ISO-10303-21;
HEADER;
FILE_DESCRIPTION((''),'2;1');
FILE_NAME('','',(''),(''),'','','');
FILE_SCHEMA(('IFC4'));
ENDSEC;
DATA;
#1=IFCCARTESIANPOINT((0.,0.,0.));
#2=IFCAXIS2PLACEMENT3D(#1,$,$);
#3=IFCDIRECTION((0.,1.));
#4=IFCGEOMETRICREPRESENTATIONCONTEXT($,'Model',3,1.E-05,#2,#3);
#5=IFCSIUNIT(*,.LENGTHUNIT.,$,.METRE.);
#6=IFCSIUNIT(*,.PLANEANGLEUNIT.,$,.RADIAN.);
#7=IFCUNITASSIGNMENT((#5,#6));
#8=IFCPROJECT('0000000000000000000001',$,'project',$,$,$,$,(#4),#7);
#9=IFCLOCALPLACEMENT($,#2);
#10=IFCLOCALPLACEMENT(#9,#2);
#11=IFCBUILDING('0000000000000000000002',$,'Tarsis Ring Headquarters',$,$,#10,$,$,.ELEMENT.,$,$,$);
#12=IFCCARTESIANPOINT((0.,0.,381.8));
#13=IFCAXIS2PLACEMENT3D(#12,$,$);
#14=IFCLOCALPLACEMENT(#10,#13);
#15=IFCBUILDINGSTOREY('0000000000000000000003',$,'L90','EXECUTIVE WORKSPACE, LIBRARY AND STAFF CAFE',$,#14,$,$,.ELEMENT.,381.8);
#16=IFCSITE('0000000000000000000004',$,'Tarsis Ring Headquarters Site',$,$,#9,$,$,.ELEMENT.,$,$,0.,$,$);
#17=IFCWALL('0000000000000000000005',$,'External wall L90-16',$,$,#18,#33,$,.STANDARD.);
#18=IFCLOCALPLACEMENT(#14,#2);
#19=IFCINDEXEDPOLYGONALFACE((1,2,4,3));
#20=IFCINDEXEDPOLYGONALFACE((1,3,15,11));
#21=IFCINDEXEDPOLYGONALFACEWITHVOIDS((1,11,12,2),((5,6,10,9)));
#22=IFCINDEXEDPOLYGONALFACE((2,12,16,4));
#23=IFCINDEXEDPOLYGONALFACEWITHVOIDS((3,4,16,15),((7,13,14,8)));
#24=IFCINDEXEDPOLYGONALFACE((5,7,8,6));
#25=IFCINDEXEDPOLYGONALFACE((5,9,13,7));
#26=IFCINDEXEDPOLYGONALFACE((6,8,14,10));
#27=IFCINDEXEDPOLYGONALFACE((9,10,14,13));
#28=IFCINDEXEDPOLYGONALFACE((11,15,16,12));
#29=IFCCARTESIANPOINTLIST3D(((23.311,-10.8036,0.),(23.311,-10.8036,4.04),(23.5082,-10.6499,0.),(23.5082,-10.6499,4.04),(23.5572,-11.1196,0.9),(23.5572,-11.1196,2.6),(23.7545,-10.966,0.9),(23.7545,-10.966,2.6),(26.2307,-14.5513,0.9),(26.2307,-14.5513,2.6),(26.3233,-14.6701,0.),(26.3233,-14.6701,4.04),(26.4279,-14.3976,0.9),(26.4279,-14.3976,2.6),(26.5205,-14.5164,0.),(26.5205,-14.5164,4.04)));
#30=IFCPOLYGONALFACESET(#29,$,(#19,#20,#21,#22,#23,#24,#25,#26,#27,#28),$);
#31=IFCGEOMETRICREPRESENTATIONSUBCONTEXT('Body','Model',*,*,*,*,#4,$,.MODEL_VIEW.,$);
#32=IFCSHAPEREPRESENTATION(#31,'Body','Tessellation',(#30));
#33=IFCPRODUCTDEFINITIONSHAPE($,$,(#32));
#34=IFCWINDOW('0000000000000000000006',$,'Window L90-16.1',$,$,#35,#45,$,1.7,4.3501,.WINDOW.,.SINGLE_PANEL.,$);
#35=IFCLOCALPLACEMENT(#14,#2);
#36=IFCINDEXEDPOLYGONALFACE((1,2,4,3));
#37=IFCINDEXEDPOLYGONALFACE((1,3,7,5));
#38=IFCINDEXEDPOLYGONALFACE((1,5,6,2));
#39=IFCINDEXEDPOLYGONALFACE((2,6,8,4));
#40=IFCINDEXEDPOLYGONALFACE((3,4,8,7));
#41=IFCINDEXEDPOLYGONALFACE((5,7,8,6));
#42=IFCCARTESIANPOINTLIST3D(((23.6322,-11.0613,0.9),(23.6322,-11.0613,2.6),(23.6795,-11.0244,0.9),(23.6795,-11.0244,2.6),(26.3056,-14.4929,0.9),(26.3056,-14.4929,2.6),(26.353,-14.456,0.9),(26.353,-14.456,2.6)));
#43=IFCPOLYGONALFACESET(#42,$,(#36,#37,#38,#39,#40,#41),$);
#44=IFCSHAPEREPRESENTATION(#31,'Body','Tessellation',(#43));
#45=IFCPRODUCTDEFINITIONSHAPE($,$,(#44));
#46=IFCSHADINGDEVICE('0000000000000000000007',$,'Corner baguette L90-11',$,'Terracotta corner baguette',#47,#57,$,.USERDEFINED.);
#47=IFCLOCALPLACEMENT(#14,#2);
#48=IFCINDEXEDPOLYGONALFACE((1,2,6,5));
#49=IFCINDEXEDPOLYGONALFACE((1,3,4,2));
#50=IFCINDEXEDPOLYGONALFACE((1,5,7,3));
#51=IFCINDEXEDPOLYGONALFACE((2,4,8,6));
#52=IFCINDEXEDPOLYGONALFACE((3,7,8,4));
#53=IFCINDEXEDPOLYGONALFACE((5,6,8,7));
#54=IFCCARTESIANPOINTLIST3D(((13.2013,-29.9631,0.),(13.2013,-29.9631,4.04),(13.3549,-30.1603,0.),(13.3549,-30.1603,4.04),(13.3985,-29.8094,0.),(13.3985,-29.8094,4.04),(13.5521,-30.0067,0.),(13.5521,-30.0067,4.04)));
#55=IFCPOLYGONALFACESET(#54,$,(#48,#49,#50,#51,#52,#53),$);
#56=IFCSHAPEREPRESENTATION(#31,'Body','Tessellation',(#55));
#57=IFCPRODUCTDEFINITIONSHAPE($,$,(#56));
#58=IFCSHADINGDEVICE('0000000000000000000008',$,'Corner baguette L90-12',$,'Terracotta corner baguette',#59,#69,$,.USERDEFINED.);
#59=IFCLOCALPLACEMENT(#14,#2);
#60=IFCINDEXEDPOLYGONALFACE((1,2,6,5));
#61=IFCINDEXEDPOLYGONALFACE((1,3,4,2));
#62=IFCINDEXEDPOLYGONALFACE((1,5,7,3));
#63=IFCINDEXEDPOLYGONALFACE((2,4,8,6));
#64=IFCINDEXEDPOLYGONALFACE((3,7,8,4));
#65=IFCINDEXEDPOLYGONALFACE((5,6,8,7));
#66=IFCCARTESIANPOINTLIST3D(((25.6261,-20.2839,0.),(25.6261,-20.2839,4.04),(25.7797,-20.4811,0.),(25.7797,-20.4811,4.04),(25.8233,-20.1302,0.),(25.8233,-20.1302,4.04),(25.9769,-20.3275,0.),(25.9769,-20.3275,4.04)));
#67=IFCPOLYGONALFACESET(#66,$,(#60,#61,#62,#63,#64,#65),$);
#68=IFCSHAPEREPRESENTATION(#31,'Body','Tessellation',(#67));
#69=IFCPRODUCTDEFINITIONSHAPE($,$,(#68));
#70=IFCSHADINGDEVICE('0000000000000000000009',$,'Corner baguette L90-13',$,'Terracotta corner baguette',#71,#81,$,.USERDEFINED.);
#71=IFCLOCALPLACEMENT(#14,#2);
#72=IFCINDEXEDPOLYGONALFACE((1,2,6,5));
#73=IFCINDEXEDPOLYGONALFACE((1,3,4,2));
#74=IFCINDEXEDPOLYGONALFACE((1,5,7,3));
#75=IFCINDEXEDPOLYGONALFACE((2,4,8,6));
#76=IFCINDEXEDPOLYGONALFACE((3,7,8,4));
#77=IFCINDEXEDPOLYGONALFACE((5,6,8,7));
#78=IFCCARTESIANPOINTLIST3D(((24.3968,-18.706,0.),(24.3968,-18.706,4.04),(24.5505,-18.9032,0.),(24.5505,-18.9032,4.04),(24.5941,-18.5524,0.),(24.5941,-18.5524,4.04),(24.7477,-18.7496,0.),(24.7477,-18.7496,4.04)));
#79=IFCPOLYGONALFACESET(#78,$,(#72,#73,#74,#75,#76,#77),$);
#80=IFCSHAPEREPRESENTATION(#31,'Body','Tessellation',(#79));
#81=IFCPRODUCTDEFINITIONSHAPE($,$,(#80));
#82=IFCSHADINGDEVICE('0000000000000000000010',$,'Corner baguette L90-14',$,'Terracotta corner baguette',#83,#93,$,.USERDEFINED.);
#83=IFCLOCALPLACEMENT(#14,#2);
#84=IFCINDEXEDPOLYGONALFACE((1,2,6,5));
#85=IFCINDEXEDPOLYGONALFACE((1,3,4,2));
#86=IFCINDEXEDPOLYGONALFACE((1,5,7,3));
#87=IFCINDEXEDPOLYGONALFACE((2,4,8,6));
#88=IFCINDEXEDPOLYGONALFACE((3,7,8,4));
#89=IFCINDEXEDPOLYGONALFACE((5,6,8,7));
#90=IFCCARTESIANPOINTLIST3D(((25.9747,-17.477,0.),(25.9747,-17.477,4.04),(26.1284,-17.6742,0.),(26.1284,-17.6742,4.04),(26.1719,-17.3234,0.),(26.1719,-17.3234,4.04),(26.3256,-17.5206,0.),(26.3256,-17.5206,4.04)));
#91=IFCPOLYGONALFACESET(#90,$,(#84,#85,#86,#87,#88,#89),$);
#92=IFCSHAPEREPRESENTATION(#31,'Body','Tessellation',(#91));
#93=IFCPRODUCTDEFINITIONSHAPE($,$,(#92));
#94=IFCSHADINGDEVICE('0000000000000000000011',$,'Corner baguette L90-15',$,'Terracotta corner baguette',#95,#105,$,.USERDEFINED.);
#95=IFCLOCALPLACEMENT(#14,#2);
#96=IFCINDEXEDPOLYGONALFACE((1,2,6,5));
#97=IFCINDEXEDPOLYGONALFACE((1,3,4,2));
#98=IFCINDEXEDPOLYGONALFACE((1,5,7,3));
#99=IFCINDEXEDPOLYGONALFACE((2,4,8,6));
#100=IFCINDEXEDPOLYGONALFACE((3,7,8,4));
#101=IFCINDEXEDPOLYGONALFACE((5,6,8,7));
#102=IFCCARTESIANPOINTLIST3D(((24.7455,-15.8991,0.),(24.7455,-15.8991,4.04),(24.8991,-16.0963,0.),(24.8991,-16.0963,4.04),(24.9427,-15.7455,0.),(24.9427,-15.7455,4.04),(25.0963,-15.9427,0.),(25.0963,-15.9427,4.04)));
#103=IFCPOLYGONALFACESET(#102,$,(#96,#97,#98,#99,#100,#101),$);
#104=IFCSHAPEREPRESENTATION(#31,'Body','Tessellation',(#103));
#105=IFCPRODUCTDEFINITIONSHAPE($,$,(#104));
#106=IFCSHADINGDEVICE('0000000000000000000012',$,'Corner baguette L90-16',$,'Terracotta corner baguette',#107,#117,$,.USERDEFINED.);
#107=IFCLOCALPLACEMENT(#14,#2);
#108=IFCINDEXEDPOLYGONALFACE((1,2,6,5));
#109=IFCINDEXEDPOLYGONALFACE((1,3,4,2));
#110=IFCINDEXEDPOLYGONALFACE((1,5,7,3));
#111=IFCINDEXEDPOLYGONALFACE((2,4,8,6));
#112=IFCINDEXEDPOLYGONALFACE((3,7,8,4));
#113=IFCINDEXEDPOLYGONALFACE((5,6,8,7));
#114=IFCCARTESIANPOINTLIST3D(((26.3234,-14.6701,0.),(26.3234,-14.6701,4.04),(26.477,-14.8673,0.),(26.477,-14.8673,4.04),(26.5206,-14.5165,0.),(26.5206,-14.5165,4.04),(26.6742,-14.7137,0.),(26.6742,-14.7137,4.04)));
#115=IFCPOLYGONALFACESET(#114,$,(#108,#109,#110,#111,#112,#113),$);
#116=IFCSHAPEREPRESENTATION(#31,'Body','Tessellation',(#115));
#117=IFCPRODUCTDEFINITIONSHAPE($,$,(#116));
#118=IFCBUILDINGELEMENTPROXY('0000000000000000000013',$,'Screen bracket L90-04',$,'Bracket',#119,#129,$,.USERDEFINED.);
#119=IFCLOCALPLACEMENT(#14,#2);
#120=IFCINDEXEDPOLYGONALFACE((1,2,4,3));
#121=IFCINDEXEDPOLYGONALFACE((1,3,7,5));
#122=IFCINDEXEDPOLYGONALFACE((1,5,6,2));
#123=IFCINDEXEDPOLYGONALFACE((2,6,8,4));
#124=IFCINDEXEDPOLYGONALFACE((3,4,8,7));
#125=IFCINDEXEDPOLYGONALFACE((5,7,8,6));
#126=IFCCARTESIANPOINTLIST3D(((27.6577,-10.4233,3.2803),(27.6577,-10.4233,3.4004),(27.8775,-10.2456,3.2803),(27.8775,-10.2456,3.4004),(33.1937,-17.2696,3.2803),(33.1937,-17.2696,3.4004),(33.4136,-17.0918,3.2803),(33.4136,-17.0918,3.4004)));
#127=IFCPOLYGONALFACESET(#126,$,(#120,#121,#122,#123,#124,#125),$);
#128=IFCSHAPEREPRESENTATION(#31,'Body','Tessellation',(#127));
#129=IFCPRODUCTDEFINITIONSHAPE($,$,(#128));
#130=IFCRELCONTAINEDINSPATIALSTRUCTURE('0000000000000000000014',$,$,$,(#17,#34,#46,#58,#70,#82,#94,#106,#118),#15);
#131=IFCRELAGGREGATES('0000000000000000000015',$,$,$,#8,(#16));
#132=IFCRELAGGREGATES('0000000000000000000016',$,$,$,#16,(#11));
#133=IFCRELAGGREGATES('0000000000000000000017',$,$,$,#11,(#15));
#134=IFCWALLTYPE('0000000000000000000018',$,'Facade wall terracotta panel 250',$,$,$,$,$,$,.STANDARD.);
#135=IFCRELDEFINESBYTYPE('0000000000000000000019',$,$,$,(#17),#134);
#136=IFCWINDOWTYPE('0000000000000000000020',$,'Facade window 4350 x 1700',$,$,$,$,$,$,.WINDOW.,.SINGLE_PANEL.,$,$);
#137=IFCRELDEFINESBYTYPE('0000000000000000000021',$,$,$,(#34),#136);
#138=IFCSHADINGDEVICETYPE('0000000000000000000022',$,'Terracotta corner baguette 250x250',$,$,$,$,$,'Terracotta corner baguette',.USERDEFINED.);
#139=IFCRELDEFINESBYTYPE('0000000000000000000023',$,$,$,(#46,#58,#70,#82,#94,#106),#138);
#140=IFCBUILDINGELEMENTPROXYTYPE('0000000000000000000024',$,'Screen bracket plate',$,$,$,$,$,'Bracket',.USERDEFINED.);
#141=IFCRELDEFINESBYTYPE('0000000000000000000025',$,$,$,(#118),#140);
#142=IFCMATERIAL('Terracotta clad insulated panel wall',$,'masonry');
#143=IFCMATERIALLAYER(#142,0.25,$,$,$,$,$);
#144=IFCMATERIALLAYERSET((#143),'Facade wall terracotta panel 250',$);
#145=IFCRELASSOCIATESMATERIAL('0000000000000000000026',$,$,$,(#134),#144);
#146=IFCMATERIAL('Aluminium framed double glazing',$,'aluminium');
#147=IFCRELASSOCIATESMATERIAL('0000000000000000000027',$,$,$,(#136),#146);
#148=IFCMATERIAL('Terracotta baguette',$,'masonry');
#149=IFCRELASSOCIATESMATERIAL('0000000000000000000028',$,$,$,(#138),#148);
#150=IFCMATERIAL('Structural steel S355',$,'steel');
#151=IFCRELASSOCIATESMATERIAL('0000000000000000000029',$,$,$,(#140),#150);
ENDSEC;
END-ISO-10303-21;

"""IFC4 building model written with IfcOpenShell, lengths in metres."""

from ifc_helpers import new_model, si_unit, direction, frame, frame_2d, origin, origin_2d, place, context, subcontext, project, spatial, rectangle, extrude, material, layer, layer_set, type_object, element, fill, save


model = new_model("IFC4")

# Units and contexts
model_context = context("Model", 3, precision=1e-05, world=origin(), true_north=direction((0.0, 1.0)))
body_context = subcontext(model_context, "Body", "Model", "MODEL_VIEW")
ifc_project = project(units=[si_unit("LENGTHUNIT", "METRE"), si_unit("PLANEANGLEUNIT", "RADIAN")], contexts=[model_context])

# Site, building, storey
site_placement = place(None, origin())
site = spatial("IfcSite", under=ifc_project, at=site_placement, Name="Tarsis Ring Headquarters Site", CompositionType="ELEMENT", RefElevation=0.0)
building_placement = place(site_placement, origin())
building = spatial("IfcBuilding", under=site, at=building_placement, Name="Tarsis Ring Headquarters", CompositionType="ELEMENT")
storey_placement = place(building_placement, frame((0.0, 0.0, 381.8)))
storey = spatial("IfcBuildingStorey", under=building, at=storey_placement, Name="L90", Description="EXECUTIVE WORKSPACE, LIBRARY AND STAFF CAFE", CompositionType="ELEMENT", Elevation=381.8)

# Shared definitions
ifc_material_1 = material(Name="Structural steel S355", Category="steel")

# Shared definitions
ifc_material_2 = material(Name="Terracotta clad insulated panel wall", Category="masonry")
ifc_layer_1 = layer(ifc_material_2, 0.25)
ifc_layer_set_1 = layer_set([ifc_layer_1], Name="Facade wall terracotta panel 250")
wall_type_1 = type_object("IfcWallType", Name="Facade wall terracotta panel 250", PredefinedType="STANDARD", material=ifc_layer_set_1)

# Wall, opening, window
wall_1_placement = place(storey_placement, frame((26.4219, -14.5933, 0.0), z_axis=(0.0, 0.0, 1.0), x_axis=(-0.614571, 0.788861, 0.0)))
wall_1 = element("IfcWall", 1, at=wall_1_placement, inside=storey, type_object=wall_type_1, Name="External wall L90-16", PredefinedType="STANDARD", context=body_context, shape_type="SweptSolid", body=[
    extrude(rectangle(XDim=4.9014, YDim=0.25, at=frame_2d((2.4507, 0.0))), origin(), (0.0, 0.0, 1.0), 4.04),
])
opening_placement = place(wall_1_placement, frame((0.1506, 0.0, 0.8999)))
opening = element("IfcOpeningElement", 2, at=opening_placement, cuts=wall_1, PredefinedType="OPENING", context=body_context, shape_type="SweptSolid", body=[
    extrude(rectangle(XDim=4.3501, YDim=1.7, at=frame_2d((2.175, 0.8501))), frame((0.0, 0.135, 0.0), z_axis=(0.0, -1.0, 0.0), x_axis=(1.0, 0.0, 0.0)), (0.0, 0.0, 1.0), 0.27),
])
ifc_material_3 = material(Name="Aluminium framed double glazing", Category="aluminium")
window_type = type_object("IfcWindowType", Name="Facade window 4350 x 1700", PartitioningType="SINGLE_PANEL", PredefinedType="WINDOW", material=ifc_material_3)
window_placement = place(opening_placement, origin())
window = element("IfcWindow", 3, at=window_placement, inside=storey, type_object=window_type, Name="Window L90-16.1", OverallHeight=1.7, OverallWidth=4.3501, PartitioningType="SINGLE_PANEL", PredefinedType="WINDOW", context=body_context, shape_type="SweptSolid", body=[
    extrude(rectangle(XDim=4.3501, YDim=1.7, at=frame_2d((2.175, 0.8501))), frame((0.0, 0.03, 0.0), z_axis=(0.0, -1.0, 0.0), x_axis=(1.0, 0.0, 0.0)), (0.0, 0.0, 1.0), 0.0601),
])
fill(opening, window)

# Shading devices
ifc_material_4 = material(Name="Terracotta baguette", Category="masonry")
shading_device_type_1 = type_object("IfcShadingDeviceType", Name="Terracotta corner baguette 250x250", ElementType="Terracotta corner baguette", PredefinedType="USERDEFINED", material=ifc_material_4)
for number, where, z_axis, x_axis, name in (
    (4, (13.3767, -29.9849, 0.0), (0.0, 0.0, 1.0), (0.61456, -0.78887, 0.0), "Corner baguette L90-11"),
    (5, (25.8015, -20.3057, 0.0), (0.0, 0.0, 1.0), (0.78887, 0.614561, 0.0), "Corner baguette L90-12"),
    (6, (24.5723, -18.7278, 0.0), (0.0, 0.0, 1.0), (-0.61456, 0.78887, 0.0), "Corner baguette L90-13"),
    (7, (26.1501, -17.4988, 0.0), (0.0, 0.0, 1.0), (0.78887, 0.614561, 0.0), "Corner baguette L90-14"),
    (8, (24.9209, -15.9209, 0.0), (0.0, 0.0, 1.0), (-0.614561, 0.78887, 0.0), "Corner baguette L90-15"),
    (9, (26.4988, -14.6919, 0.0), (0.0, 0.0, 1.0), (0.78887, 0.61456, 0.0), "Corner baguette L90-16"),
):
    element("IfcShadingDevice", number, at=place(storey_placement, frame(where, z_axis=z_axis, x_axis=x_axis)), inside=storey, type_object=shading_device_type_1, Name=name, ObjectType="Terracotta corner baguette", PredefinedType="USERDEFINED", context=body_context, shape_type="SweptSolid", body=[
        extrude(rectangle(XDim=0.25, YDim=0.25, at=origin_2d()), origin(), (0.0, 0.0, 1.0), 4.04),
    ])

# Building element proxy
building_element_proxy_type = type_object("IfcBuildingElementProxyType", Name="Screen bracket plate", ElementType="Bracket", PredefinedType="USERDEFINED", material=ifc_material_1)
proxy_placement = place(storey_placement, frame((30.5356, -13.7576, 3.2803), z_axis=(0.0, 0.0, 1.0), x_axis=(-0.628778, 0.777585, 0.0)))
element("IfcBuildingElementProxy", 10, at=proxy_placement, inside=storey, type_object=building_element_proxy_type, Name="Screen bracket L90-04", ObjectType="Bracket", PredefinedType="USERDEFINED", context=body_context, shape_type="SweptSolid", body=[
    extrude(rectangle(XDim=8.8044, YDim=0.2827, at=origin_2d()), origin(), (0.0, 0.0, 1.0), 0.1201),
])

save(model, "model.ifc")
